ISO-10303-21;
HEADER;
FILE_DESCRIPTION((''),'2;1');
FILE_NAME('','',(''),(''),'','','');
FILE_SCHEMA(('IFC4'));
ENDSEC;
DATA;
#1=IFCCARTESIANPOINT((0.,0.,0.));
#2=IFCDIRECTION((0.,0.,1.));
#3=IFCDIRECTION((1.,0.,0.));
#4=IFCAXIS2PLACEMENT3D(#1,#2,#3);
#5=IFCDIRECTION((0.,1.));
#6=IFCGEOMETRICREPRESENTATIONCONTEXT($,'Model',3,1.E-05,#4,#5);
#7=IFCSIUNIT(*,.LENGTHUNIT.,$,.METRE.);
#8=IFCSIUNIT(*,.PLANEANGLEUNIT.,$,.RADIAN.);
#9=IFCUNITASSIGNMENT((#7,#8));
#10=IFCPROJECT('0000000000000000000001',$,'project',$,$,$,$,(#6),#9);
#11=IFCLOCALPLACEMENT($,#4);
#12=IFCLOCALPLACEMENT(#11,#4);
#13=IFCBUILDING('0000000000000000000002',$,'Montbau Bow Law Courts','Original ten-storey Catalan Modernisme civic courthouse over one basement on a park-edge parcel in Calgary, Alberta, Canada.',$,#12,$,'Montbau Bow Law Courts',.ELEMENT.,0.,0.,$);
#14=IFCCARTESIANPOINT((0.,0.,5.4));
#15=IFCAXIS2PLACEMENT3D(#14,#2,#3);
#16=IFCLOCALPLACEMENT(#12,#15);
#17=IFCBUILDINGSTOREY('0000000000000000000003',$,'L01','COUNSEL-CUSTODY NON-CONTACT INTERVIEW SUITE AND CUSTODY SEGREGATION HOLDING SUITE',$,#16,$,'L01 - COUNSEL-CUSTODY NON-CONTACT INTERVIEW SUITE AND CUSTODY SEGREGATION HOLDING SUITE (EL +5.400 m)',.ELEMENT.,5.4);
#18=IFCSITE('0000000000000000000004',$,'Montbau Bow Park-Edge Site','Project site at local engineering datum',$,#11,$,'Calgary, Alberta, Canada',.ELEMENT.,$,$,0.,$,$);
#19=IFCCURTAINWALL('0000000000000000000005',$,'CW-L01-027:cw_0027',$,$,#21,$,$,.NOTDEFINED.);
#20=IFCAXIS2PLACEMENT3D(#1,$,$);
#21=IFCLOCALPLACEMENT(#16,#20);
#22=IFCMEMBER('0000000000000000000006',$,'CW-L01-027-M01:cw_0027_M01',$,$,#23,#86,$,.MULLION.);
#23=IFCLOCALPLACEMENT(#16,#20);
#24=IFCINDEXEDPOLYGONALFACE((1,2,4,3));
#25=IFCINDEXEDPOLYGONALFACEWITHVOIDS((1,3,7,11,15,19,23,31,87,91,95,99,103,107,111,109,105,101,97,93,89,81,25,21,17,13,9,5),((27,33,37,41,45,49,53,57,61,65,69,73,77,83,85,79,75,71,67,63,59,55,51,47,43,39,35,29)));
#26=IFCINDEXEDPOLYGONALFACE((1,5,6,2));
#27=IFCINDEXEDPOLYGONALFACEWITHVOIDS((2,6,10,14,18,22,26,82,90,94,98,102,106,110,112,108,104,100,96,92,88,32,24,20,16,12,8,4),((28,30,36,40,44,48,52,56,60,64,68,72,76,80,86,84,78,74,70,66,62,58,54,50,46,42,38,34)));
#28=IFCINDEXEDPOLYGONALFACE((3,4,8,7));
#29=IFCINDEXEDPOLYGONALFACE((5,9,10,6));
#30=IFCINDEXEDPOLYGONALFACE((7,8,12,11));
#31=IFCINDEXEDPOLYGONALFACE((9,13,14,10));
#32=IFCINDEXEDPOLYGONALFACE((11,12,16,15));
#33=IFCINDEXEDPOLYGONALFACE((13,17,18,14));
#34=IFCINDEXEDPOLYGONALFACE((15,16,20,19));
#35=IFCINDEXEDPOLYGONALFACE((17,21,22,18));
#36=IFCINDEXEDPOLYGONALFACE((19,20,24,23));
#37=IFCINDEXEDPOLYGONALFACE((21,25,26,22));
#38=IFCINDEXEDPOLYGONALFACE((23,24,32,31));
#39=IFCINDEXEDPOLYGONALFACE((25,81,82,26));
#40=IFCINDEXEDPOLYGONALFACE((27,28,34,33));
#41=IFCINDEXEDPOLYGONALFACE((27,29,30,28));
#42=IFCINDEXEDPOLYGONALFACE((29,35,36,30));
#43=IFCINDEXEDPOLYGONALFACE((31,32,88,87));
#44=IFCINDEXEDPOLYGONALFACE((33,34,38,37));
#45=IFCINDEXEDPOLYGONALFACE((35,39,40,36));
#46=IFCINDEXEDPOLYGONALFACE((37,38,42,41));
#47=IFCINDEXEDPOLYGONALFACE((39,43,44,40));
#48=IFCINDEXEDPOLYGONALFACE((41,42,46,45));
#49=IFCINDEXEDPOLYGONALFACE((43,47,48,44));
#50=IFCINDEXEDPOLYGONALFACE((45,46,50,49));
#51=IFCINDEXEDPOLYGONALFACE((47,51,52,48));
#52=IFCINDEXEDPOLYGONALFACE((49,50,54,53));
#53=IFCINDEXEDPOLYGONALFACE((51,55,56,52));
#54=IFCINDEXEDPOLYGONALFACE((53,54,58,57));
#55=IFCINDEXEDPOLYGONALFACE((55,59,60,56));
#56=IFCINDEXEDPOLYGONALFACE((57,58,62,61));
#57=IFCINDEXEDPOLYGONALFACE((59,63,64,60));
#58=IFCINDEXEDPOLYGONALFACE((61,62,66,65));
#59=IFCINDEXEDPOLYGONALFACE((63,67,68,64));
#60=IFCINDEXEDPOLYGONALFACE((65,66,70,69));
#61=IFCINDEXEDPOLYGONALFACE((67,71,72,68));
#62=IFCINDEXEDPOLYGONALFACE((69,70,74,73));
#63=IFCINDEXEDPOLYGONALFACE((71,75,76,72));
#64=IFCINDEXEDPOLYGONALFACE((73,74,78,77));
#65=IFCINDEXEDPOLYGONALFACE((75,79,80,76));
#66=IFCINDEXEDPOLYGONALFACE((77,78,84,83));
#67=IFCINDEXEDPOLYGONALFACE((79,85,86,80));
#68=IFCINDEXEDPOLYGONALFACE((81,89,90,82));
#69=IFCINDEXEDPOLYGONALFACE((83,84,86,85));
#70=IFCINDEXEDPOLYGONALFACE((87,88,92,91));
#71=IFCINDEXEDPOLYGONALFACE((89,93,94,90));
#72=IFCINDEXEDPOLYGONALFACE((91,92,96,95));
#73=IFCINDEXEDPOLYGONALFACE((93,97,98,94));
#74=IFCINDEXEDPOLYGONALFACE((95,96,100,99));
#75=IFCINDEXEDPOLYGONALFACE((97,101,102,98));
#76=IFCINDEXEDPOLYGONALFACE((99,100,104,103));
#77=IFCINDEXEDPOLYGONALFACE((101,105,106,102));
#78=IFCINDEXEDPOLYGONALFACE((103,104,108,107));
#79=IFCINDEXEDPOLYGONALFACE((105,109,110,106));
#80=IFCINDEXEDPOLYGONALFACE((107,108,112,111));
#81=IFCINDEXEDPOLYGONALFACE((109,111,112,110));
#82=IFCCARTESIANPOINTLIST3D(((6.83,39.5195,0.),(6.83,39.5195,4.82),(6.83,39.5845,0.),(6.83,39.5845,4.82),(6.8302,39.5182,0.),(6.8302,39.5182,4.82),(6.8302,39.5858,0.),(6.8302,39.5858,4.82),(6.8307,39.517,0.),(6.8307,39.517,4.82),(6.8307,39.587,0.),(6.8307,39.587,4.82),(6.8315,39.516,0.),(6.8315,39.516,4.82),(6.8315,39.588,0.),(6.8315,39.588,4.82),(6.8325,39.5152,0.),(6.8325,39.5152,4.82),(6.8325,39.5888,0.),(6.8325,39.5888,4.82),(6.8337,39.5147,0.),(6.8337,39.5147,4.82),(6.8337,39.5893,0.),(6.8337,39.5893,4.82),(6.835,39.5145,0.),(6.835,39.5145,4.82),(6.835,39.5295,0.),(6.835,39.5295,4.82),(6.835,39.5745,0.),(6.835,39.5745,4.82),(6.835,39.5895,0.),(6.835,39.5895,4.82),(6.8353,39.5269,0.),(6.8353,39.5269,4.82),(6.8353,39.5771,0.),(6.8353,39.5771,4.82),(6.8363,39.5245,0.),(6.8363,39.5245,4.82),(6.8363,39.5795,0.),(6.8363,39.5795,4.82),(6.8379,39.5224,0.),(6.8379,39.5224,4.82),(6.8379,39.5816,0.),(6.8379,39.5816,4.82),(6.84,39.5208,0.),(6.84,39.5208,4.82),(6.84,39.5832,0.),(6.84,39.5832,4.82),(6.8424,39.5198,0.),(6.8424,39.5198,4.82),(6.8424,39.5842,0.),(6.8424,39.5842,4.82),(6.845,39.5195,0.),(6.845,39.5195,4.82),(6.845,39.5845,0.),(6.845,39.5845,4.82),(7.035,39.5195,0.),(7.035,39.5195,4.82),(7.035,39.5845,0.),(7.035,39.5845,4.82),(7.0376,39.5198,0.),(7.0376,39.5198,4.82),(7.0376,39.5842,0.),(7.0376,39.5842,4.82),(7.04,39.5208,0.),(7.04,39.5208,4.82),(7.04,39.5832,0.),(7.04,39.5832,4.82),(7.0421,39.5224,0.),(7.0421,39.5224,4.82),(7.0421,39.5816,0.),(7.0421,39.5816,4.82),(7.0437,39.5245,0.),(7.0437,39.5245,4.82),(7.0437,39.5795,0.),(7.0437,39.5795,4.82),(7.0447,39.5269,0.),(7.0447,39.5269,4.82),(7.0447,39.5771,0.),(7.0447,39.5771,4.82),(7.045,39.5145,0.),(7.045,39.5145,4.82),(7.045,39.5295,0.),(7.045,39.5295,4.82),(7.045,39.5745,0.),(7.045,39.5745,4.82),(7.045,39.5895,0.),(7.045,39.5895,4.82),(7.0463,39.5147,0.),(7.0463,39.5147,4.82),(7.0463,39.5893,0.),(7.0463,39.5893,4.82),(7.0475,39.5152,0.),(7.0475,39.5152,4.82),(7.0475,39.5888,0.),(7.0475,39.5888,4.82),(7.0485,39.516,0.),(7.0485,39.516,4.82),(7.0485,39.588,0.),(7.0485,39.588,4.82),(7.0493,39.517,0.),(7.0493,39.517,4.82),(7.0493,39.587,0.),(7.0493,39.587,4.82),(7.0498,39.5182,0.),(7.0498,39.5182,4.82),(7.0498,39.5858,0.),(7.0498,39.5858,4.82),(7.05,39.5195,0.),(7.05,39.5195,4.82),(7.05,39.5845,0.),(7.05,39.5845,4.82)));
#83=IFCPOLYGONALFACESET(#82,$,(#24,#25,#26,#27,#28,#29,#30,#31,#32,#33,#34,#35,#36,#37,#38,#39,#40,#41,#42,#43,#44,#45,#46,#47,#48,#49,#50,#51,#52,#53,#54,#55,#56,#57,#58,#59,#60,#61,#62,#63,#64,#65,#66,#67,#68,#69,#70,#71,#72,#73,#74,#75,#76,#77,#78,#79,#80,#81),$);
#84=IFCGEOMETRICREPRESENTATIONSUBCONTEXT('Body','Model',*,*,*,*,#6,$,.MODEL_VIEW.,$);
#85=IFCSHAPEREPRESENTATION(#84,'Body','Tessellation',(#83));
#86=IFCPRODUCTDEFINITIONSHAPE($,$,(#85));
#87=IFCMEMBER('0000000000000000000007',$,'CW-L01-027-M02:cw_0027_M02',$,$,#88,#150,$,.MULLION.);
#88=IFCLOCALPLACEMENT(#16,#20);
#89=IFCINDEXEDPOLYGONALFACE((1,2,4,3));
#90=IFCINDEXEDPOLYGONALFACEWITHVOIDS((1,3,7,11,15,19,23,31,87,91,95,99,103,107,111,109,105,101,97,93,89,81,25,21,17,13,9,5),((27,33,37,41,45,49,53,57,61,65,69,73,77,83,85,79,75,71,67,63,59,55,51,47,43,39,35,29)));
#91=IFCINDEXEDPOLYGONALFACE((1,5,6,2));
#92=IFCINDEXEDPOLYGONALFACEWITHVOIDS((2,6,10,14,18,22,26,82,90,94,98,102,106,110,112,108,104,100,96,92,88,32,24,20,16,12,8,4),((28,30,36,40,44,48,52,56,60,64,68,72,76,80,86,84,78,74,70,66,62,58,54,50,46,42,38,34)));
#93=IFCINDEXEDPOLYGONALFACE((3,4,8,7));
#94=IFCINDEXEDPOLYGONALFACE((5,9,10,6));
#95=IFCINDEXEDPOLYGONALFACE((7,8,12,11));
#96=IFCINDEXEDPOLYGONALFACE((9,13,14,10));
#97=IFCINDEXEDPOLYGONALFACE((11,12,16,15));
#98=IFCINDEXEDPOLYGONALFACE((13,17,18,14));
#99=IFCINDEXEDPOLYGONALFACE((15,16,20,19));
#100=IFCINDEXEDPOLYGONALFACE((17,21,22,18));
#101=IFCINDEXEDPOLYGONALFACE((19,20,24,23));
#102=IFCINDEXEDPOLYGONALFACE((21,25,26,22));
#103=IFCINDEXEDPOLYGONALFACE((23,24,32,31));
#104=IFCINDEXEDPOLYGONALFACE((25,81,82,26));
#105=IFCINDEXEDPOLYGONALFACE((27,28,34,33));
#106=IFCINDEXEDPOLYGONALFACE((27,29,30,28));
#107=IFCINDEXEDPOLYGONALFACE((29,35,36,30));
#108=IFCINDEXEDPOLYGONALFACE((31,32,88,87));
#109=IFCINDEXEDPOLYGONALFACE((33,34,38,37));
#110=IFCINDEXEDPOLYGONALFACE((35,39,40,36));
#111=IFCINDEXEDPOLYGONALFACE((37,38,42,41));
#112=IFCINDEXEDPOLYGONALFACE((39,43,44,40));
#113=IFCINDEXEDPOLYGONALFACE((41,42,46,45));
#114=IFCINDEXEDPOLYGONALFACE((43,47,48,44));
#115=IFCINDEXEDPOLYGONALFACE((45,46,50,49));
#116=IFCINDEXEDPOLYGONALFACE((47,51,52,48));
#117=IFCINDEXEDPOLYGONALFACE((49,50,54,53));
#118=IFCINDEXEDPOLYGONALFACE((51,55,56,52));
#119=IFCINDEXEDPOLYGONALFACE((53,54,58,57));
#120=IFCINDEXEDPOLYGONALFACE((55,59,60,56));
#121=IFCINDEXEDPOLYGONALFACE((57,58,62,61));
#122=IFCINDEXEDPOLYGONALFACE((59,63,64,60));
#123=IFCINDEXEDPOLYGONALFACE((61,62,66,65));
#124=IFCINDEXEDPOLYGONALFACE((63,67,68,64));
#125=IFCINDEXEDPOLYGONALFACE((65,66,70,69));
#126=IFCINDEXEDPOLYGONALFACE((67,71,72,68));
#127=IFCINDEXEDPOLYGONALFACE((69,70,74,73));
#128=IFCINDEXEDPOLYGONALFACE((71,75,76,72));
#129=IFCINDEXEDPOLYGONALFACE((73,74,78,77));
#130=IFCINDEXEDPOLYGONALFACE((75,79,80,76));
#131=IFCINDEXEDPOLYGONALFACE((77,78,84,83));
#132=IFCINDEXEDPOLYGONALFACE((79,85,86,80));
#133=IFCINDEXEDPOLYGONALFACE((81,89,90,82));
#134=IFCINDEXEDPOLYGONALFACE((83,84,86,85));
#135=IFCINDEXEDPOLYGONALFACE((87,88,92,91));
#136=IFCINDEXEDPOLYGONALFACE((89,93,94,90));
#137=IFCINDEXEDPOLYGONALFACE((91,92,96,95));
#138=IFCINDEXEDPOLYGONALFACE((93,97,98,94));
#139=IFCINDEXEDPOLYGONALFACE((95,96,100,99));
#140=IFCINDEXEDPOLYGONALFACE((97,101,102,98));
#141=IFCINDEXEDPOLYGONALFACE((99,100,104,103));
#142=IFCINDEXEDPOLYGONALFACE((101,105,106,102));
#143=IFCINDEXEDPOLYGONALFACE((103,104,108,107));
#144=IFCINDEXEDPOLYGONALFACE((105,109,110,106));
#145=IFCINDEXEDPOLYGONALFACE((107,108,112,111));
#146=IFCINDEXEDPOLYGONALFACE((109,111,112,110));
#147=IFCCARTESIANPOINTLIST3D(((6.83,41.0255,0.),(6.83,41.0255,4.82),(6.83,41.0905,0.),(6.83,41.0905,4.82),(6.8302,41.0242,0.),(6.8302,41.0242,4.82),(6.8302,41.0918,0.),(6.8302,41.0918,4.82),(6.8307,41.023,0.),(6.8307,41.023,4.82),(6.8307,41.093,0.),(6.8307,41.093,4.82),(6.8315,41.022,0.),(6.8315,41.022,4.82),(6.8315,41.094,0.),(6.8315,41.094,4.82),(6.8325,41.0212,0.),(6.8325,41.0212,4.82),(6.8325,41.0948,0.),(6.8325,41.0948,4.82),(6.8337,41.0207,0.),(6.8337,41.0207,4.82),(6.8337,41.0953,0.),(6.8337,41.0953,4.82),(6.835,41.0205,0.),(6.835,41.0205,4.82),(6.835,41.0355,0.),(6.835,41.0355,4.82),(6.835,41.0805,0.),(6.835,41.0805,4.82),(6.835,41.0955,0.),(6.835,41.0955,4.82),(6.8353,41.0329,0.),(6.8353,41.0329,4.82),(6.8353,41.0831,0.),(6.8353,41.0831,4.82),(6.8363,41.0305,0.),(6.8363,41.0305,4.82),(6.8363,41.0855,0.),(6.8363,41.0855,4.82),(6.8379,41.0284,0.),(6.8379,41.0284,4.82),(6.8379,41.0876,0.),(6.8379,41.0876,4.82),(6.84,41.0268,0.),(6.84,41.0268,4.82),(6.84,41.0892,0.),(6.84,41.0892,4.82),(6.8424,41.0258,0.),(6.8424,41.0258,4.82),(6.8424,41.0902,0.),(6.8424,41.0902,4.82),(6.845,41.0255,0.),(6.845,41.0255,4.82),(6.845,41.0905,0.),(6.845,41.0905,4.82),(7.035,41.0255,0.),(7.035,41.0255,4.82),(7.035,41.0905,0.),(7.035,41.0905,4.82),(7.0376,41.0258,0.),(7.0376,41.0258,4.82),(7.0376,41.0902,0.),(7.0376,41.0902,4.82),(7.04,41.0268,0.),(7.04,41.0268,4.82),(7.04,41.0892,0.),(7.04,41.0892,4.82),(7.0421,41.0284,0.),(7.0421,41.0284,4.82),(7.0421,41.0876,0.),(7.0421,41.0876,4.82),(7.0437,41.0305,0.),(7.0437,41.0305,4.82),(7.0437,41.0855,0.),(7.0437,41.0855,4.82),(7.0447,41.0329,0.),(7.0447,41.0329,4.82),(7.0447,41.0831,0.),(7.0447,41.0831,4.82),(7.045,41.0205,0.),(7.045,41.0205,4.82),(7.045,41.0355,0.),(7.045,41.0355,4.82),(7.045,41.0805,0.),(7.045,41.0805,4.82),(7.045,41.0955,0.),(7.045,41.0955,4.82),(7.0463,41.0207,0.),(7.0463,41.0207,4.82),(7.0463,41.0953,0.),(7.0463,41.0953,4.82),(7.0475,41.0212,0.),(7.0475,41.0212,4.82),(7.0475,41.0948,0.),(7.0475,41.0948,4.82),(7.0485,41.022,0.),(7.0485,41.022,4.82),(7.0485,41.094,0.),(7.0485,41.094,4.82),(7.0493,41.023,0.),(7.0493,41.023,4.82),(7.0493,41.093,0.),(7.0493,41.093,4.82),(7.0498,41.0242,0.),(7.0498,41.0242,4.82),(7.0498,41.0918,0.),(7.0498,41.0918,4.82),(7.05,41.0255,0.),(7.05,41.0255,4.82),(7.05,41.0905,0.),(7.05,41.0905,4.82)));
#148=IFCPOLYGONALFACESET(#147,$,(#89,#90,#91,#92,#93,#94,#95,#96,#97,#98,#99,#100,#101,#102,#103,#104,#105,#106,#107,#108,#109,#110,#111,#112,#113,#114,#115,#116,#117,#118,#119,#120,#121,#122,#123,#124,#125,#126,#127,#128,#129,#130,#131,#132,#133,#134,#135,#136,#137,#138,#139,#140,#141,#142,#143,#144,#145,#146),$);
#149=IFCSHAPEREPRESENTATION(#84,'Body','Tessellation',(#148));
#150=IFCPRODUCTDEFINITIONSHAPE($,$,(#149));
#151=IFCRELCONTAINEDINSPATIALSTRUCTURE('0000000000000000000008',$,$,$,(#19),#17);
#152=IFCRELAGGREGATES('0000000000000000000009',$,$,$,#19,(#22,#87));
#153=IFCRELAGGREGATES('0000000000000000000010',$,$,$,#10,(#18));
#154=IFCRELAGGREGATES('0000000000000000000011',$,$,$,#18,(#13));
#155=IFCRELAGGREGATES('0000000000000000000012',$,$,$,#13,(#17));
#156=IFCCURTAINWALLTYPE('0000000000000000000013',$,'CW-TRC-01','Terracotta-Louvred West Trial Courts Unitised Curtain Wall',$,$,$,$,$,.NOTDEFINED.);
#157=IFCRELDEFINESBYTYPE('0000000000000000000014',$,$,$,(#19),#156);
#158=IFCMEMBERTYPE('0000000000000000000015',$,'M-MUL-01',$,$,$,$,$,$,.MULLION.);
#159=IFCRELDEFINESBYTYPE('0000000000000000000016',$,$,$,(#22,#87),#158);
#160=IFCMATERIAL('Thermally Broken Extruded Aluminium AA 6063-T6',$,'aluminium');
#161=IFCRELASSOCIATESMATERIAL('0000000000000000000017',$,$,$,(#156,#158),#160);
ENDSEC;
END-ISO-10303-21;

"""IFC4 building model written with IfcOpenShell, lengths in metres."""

from ifc_helpers import new_model, si_unit, direction, frame, origin_with_axes, origin_2d_with_axis, place, context, subcontext, project, spatial, hollow_rectangle, extrude, material, material_profile, profile_set, type_object, element, aggregate, save


model = new_model("IFC4")

# Units and contexts
model_context = context("Model", 3, precision=1e-05, world=origin_with_axes(), true_north=direction((0.0, 1.0)))
body_context = subcontext(model_context, "Body", "Model", "MODEL_VIEW")
ifc_project = project(units=[si_unit("LENGTHUNIT", "METRE"), si_unit("PLANEANGLEUNIT", "RADIAN")], contexts=[model_context])

# Site, building, storey
site_placement = place(None, origin_with_axes())
site = spatial("IfcSite", under=ifc_project, at=site_placement, Name="Montbau Bow Park-Edge Site", Description="Project site at local engineering datum", LongName="Calgary, Alberta, Canada", CompositionType="ELEMENT", RefElevation=0.0)
building_placement = place(site_placement, origin_with_axes())
building = spatial("IfcBuilding", under=site, at=building_placement, Name="Montbau Bow Law Courts", Description="Original ten-storey Catalan Modernisme civic courthouse over one basement on a park-edge parcel in Calgary, Alberta, Canada.", LongName="Montbau Bow Law Courts", CompositionType="ELEMENT", ElevationOfRefHeight=0.0, ElevationOfTerrain=0.0)
storey_placement = place(building_placement, frame((0.0, 0.0, 5.4), z_axis=(0.0, 0.0, 1.0), x_axis=(1.0, 0.0, 0.0)))
storey = spatial("IfcBuildingStorey", under=building, at=storey_placement, Name="L01", Description="COUNSEL-CUSTODY NON-CONTACT INTERVIEW SUITE AND CUSTODY SEGREGATION HOLDING SUITE", LongName="L01 - COUNSEL-CUSTODY NON-CONTACT INTERVIEW SUITE AND CUSTODY SEGREGATION HOLDING SUITE (EL +5.400 m)", CompositionType="ELEMENT", Elevation=5.4)

# Curtain wall, members
ifc_material_1 = material(Name="Thermally Broken Extruded Aluminium AA 6063-T6", Category="aluminium")
curtain_wall_type = type_object("IfcCurtainWallType", Name="CW-TRC-01", Description="Terracotta-Louvred West Trial Courts Unitised Curtain Wall", PredefinedType="NOTDEFINED", material=ifc_material_1)
curtain_wall_1_placement = place(None, frame((6.94, 39.515, 5.4), z_axis=(0.0, 0.0, 1.0), x_axis=(1.0, 0.0, 0.0)))
curtain_wall_1 = element("IfcCurtainWall", 1, at=curtain_wall_1_placement, inside=storey, type_object=curtain_wall_type, Name="CW-L01-027:cw_0027", PredefinedType="NOTDEFINED")
ifc_material_profile_1 = material_profile(ifc_material_1, hollow_rectangle(XDim=0.075, YDim=0.22, WallThickness=0.005, InnerFilletRadius=0.01, OuterFilletRadius=0.005, at=origin_2d_with_axis()), Name="CWM-220X75", Category="Main", Priority=0)
ifc_profile_set_1 = profile_set([ifc_material_profile_1], Name="Thermally Broken Extruded Aluminium AA 6063-T6")
member_type_1 = type_object("IfcMemberType", Name="M-MUL-01", PredefinedType="MULLION", material=ifc_profile_set_1)
member_1_placement = place(None, frame((6.94, 39.552, 5.4), z_axis=(0.0, 0.0, 1.0), x_axis=(0.0, 1.0, 0.0)))
member_1 = element("IfcMember", 2, at=member_1_placement, type_object=member_type_1, Name="CW-L01-027-M01:cw_0027_M01", PredefinedType="MULLION", context=body_context, shape_type="SweptSolid", body=[
    extrude(hollow_rectangle(XDim=0.075, YDim=0.22, WallThickness=0.005, InnerFilletRadius=0.01, OuterFilletRadius=0.005, at=origin_2d_with_axis()), origin_with_axes(), (0.0, 0.0, 1.0), 4.82),
])
member_2_placement = place(None, frame((6.94, 41.058, 5.4), z_axis=(0.0, 0.0, 1.0), x_axis=(0.0, 1.0, 0.0)))
member_2 = element("IfcMember", 3, at=member_2_placement, type_object=member_type_1, Name="CW-L01-027-M02:cw_0027_M02", PredefinedType="MULLION", context=body_context, shape_type="SweptSolid", body=[
    extrude(hollow_rectangle(XDim=0.075, YDim=0.22, WallThickness=0.005, InnerFilletRadius=0.01, OuterFilletRadius=0.005, at=origin_2d_with_axis()), origin_with_axes(), (0.0, 0.0, 1.0), 4.82),
])

aggregate(curtain_wall_1, [member_1, member_2])

save(model, "model.ifc")
